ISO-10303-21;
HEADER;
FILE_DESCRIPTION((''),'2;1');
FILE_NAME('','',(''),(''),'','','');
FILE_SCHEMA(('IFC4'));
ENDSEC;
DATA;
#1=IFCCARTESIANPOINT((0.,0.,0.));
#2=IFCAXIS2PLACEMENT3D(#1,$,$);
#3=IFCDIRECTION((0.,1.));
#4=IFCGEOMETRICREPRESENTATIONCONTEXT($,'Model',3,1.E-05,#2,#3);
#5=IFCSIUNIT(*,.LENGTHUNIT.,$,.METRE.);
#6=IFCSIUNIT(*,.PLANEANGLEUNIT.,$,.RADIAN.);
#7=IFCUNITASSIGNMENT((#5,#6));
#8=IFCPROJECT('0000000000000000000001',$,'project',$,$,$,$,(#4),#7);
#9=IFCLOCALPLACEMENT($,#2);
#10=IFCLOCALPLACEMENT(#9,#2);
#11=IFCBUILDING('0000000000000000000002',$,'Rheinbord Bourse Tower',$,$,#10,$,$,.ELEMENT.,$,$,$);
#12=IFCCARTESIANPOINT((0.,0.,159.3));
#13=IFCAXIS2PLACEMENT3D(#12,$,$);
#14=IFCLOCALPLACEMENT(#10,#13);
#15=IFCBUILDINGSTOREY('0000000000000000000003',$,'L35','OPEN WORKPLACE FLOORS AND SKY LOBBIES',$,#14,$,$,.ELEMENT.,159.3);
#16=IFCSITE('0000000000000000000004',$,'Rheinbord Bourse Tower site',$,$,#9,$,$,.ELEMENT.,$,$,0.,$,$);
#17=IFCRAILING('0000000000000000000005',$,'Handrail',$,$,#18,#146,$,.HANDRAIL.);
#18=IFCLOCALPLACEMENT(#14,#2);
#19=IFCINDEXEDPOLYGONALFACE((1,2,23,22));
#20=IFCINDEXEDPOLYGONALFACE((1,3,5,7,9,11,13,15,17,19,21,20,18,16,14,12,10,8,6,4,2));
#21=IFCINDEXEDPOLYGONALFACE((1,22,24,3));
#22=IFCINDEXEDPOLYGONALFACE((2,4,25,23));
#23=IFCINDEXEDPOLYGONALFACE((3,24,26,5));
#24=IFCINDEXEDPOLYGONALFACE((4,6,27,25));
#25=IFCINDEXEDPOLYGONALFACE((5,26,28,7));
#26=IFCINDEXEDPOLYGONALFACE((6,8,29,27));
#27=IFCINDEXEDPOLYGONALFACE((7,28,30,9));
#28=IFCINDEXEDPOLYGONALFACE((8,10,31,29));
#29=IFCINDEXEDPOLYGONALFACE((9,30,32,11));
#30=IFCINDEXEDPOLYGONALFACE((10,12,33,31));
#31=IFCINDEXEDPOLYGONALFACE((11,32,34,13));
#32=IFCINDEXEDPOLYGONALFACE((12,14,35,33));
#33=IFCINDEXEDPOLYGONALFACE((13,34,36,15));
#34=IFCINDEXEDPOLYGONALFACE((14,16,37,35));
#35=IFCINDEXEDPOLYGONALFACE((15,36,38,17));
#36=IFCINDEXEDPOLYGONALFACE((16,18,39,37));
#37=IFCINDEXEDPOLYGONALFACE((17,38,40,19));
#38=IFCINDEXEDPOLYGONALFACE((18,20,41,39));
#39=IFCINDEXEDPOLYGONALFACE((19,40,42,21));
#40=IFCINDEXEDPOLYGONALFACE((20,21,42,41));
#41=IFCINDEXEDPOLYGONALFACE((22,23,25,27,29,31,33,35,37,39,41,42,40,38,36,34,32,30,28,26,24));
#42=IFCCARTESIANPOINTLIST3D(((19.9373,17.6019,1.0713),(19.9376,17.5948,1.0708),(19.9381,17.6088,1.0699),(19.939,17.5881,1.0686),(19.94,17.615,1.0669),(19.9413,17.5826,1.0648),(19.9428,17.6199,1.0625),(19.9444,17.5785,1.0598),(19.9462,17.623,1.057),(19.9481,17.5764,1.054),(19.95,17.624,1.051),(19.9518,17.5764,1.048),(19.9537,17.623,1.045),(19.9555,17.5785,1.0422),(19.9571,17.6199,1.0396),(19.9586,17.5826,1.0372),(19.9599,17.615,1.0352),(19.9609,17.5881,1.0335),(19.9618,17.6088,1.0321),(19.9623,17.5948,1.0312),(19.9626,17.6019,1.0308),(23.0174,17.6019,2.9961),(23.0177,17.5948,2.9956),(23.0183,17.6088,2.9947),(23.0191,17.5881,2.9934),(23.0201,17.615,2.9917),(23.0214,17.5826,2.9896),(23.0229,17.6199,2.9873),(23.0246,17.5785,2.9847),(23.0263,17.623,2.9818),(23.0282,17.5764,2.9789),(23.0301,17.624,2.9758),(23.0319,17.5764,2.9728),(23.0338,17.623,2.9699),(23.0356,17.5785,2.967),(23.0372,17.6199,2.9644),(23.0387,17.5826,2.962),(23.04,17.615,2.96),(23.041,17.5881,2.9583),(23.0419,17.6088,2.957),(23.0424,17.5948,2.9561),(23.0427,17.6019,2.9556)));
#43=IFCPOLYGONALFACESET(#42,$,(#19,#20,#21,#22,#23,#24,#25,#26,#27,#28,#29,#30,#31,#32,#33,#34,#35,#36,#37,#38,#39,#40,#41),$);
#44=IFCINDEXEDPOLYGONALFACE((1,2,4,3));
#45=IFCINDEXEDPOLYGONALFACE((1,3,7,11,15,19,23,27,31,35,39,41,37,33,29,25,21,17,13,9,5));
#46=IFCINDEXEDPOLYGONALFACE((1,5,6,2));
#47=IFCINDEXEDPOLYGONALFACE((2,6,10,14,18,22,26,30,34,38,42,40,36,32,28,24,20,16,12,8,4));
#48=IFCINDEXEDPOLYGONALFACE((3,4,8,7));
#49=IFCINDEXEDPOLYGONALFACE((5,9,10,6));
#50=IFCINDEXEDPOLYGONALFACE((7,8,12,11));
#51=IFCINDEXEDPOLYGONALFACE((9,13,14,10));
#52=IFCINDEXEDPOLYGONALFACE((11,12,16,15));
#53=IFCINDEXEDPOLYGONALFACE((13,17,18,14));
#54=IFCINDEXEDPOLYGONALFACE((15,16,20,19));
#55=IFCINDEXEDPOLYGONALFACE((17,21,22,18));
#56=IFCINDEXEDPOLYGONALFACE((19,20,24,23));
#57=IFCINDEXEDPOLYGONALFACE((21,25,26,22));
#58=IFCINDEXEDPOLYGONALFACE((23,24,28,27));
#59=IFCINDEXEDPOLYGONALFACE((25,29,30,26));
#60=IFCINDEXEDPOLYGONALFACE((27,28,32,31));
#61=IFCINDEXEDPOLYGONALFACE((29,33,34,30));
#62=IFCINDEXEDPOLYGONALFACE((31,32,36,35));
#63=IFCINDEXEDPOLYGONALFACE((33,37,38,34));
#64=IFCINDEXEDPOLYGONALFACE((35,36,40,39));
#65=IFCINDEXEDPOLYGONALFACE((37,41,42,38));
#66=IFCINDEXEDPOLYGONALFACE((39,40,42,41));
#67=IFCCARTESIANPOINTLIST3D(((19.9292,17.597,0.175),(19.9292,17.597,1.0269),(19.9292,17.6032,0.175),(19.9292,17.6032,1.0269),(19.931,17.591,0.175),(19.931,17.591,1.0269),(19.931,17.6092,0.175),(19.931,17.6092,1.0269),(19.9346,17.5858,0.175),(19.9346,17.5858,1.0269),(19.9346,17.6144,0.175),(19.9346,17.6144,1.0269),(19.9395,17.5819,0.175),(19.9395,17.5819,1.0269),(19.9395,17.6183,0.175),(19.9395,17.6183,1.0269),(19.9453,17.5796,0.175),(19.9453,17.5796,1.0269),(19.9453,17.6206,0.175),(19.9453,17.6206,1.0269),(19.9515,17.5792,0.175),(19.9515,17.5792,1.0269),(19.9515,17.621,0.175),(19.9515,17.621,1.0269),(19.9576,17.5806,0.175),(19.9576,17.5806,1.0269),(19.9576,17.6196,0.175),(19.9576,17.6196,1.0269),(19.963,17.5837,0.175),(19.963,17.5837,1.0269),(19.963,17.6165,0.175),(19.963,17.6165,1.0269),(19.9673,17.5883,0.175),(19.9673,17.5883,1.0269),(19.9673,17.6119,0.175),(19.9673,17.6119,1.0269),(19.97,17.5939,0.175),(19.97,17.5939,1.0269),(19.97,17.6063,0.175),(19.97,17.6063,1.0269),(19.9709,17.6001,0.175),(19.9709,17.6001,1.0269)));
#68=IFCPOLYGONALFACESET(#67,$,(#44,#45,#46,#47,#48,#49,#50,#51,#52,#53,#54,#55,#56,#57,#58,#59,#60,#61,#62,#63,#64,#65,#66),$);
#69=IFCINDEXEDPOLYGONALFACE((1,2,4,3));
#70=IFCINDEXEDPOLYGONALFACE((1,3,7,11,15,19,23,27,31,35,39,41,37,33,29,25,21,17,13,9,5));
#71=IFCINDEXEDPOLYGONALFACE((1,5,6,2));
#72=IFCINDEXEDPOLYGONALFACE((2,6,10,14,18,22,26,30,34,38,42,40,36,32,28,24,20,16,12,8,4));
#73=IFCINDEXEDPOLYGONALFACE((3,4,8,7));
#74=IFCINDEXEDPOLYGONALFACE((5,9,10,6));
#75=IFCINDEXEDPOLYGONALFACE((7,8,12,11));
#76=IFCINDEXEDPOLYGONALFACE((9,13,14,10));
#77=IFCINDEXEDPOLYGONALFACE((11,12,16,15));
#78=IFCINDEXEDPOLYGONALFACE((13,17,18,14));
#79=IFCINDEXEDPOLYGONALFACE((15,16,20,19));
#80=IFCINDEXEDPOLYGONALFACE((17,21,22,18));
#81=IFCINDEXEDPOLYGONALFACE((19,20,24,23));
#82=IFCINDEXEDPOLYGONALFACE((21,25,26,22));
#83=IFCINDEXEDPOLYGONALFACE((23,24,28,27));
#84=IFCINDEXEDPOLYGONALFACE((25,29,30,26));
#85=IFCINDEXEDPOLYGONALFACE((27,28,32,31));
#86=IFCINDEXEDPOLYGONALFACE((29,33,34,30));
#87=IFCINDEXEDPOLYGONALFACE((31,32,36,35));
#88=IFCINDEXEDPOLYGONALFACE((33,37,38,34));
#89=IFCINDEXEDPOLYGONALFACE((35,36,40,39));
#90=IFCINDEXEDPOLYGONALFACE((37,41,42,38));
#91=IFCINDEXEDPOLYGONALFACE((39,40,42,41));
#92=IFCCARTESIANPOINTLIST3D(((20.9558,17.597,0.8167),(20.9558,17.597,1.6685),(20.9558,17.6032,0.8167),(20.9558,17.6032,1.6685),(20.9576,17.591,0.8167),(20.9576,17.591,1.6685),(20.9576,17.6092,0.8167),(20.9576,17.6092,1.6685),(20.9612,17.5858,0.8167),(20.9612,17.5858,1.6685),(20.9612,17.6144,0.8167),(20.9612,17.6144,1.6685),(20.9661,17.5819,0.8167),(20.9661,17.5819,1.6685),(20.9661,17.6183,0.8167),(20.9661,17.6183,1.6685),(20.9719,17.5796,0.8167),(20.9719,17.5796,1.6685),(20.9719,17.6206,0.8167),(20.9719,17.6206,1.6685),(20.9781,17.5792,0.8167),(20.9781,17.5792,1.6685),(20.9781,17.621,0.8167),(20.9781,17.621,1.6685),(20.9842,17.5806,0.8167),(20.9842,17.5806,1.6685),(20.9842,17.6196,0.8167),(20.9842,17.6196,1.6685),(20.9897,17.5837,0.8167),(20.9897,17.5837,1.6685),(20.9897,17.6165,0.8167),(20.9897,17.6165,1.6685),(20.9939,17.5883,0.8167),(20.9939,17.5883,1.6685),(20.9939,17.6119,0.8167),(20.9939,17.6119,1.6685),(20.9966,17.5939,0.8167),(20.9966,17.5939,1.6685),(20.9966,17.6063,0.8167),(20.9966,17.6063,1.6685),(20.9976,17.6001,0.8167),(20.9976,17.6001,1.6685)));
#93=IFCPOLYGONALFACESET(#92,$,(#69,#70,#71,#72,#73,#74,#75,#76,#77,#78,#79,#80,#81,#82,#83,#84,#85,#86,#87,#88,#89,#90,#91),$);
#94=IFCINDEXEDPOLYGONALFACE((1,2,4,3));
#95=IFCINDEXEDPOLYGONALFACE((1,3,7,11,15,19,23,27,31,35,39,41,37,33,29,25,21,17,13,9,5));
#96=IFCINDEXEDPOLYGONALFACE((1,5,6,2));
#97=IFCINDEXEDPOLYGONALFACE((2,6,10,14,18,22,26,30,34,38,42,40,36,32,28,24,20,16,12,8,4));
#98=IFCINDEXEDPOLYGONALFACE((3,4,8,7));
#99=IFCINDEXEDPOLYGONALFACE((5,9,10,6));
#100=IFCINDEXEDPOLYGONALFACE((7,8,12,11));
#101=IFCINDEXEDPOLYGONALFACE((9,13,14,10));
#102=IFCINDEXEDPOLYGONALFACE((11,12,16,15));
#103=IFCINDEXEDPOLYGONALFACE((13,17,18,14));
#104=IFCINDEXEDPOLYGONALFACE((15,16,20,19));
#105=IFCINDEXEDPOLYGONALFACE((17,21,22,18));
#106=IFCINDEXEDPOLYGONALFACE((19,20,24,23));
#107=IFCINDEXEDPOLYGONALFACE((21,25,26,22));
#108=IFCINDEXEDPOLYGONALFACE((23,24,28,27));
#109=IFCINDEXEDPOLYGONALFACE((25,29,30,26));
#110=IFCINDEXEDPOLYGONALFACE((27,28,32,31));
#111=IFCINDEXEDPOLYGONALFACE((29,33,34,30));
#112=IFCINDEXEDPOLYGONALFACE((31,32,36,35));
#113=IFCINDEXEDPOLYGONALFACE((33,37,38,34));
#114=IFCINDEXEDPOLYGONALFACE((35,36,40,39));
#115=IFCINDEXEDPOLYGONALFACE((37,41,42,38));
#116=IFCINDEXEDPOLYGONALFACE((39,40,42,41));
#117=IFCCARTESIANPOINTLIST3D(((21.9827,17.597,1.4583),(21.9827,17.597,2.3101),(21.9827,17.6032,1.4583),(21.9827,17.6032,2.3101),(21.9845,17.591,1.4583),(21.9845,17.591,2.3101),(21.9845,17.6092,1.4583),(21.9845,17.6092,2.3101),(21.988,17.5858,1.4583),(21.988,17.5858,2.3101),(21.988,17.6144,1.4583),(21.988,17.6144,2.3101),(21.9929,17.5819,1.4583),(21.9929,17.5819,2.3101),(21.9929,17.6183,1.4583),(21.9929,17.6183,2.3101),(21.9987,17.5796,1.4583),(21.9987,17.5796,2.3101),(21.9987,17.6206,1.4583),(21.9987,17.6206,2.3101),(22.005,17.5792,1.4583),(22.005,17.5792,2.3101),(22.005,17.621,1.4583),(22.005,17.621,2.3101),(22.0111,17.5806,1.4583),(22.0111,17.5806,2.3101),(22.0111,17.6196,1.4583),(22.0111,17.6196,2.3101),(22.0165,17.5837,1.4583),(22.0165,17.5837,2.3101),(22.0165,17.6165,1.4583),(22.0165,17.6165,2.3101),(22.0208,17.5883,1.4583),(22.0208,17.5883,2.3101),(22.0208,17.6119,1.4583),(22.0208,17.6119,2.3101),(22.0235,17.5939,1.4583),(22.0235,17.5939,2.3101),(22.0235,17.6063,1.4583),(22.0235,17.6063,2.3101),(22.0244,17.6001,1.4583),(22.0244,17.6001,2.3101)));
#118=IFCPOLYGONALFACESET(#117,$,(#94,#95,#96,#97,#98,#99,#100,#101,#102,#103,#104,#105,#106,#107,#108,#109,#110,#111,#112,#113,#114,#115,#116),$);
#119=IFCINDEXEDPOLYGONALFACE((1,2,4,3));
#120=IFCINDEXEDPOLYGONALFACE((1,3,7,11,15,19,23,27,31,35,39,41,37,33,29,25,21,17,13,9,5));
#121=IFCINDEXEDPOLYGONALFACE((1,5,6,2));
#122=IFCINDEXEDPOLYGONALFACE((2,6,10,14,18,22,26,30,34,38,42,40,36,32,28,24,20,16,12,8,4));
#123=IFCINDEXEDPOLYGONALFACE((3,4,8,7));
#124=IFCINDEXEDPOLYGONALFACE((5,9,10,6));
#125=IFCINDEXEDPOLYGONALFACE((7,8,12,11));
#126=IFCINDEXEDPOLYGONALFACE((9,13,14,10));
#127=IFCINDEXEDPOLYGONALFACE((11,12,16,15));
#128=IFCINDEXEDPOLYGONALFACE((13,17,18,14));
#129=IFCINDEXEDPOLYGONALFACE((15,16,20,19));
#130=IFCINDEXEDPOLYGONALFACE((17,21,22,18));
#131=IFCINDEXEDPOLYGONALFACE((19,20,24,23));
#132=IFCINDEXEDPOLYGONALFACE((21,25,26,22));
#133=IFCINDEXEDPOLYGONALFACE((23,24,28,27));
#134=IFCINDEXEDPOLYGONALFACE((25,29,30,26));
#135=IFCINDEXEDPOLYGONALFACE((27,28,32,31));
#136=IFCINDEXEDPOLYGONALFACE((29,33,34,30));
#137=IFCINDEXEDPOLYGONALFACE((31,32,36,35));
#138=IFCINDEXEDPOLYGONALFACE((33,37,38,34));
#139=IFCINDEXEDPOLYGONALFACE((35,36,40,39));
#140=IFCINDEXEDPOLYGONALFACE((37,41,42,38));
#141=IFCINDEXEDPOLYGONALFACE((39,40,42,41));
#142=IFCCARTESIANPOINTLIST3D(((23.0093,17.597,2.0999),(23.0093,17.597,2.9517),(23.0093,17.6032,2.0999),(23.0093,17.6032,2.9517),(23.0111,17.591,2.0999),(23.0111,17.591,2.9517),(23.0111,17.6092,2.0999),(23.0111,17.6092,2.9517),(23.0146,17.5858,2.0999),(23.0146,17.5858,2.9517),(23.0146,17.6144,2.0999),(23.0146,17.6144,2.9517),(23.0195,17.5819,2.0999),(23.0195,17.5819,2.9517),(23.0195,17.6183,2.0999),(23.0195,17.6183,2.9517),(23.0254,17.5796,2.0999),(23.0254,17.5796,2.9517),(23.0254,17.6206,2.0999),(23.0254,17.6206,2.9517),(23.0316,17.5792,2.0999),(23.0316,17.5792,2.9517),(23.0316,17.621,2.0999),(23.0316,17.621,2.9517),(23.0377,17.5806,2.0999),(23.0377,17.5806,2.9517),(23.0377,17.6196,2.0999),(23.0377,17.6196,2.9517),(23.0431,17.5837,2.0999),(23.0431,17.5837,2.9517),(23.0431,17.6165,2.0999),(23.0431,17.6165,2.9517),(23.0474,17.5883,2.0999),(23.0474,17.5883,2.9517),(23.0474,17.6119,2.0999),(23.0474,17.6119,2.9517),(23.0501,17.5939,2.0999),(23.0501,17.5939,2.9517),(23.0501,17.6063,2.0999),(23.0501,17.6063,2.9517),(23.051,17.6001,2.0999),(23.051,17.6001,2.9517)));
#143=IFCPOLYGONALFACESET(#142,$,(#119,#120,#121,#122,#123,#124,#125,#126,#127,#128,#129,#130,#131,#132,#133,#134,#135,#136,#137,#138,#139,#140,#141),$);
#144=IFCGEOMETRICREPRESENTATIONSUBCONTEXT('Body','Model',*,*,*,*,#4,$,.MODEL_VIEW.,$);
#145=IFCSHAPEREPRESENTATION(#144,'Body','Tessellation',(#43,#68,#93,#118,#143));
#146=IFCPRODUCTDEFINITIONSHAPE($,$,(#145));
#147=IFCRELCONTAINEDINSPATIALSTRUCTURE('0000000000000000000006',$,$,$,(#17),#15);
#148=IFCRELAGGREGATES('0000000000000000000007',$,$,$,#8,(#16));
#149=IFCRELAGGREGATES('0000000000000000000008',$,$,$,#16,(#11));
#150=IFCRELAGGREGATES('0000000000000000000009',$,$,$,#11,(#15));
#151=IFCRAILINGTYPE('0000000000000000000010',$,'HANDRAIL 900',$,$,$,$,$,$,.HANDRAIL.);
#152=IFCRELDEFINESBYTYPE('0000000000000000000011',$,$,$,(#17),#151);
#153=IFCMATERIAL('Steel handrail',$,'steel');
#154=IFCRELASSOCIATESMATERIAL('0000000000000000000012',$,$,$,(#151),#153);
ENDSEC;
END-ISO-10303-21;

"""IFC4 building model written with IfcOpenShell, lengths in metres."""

from ifc_helpers import new_model, si_unit, direction, frame, origin, origin_2d, place, context, subcontext, project, spatial, circle, extrude, material, type_object, element, save


model = new_model("IFC4")

# Units and contexts
model_context = context("Model", 3, precision=1e-05, world=origin(), true_north=direction((0.0, 1.0)))
body_context = subcontext(model_context, "Body", "Model", "MODEL_VIEW")
ifc_project = project(units=[si_unit("LENGTHUNIT", "METRE"), si_unit("PLANEANGLEUNIT", "RADIAN")], contexts=[model_context])

# Site, building, storey
site_placement = place(None, origin())
site = spatial("IfcSite", under=ifc_project, at=site_placement, Name="Rheinbord Bourse Tower site", CompositionType="ELEMENT", RefElevation=0.0)
building_placement = place(site_placement, origin())
building = spatial("IfcBuilding", under=site, at=building_placement, Name="Rheinbord Bourse Tower", CompositionType="ELEMENT")
storey_placement = place(building_placement, frame((0.0, 0.0, 159.3)))
storey = spatial("IfcBuildingStorey", under=building, at=storey_placement, Name="L35", Description="OPEN WORKPLACE FLOORS AND SKY LOBBIES", CompositionType="ELEMENT", Elevation=159.3)

# Railing
ifc_material_1 = material(Name="Steel handrail", Category="steel")
railing_type = type_object("IfcRailingType", Name="HANDRAIL 900", PredefinedType="HANDRAIL", material=ifc_material_1)
railing_1_placement = place(storey_placement, frame((19.95, 17.6001, 0.175)))
element("IfcRailing", 1, at=railing_1_placement, inside=storey, type_object=railing_type, Name="Handrail", PredefinedType="HANDRAIL", context=body_context, shape_type="SweptSolid", body=[
    extrude(circle(Radius=0.0239, at=origin_2d()), frame((0.0, 0.0, 0.876), z_axis=(0.848029, 0.0, 0.529951), x_axis=(0.0, 1.0, 0.0)), (0.0, 0.0, 1.0), 3.6321),
    extrude(circle(Radius=0.021, at=origin_2d()), origin(), (0.0, 0.0, 1.0), 0.8518),
    extrude(circle(Radius=0.021, at=origin_2d()), frame((1.0266, 0.0, 0.6416)), (0.0, 0.0, 1.0), 0.8518),
    extrude(circle(Radius=0.021, at=origin_2d()), frame((2.0535, 0.0, 1.2832)), (0.0, 0.0, 1.0), 0.8518),
    extrude(circle(Radius=0.021, at=origin_2d()), frame((3.0801, 0.0, 1.9248)), (0.0, 0.0, 1.0), 0.8518),
])

save(model, "model.ifc")
